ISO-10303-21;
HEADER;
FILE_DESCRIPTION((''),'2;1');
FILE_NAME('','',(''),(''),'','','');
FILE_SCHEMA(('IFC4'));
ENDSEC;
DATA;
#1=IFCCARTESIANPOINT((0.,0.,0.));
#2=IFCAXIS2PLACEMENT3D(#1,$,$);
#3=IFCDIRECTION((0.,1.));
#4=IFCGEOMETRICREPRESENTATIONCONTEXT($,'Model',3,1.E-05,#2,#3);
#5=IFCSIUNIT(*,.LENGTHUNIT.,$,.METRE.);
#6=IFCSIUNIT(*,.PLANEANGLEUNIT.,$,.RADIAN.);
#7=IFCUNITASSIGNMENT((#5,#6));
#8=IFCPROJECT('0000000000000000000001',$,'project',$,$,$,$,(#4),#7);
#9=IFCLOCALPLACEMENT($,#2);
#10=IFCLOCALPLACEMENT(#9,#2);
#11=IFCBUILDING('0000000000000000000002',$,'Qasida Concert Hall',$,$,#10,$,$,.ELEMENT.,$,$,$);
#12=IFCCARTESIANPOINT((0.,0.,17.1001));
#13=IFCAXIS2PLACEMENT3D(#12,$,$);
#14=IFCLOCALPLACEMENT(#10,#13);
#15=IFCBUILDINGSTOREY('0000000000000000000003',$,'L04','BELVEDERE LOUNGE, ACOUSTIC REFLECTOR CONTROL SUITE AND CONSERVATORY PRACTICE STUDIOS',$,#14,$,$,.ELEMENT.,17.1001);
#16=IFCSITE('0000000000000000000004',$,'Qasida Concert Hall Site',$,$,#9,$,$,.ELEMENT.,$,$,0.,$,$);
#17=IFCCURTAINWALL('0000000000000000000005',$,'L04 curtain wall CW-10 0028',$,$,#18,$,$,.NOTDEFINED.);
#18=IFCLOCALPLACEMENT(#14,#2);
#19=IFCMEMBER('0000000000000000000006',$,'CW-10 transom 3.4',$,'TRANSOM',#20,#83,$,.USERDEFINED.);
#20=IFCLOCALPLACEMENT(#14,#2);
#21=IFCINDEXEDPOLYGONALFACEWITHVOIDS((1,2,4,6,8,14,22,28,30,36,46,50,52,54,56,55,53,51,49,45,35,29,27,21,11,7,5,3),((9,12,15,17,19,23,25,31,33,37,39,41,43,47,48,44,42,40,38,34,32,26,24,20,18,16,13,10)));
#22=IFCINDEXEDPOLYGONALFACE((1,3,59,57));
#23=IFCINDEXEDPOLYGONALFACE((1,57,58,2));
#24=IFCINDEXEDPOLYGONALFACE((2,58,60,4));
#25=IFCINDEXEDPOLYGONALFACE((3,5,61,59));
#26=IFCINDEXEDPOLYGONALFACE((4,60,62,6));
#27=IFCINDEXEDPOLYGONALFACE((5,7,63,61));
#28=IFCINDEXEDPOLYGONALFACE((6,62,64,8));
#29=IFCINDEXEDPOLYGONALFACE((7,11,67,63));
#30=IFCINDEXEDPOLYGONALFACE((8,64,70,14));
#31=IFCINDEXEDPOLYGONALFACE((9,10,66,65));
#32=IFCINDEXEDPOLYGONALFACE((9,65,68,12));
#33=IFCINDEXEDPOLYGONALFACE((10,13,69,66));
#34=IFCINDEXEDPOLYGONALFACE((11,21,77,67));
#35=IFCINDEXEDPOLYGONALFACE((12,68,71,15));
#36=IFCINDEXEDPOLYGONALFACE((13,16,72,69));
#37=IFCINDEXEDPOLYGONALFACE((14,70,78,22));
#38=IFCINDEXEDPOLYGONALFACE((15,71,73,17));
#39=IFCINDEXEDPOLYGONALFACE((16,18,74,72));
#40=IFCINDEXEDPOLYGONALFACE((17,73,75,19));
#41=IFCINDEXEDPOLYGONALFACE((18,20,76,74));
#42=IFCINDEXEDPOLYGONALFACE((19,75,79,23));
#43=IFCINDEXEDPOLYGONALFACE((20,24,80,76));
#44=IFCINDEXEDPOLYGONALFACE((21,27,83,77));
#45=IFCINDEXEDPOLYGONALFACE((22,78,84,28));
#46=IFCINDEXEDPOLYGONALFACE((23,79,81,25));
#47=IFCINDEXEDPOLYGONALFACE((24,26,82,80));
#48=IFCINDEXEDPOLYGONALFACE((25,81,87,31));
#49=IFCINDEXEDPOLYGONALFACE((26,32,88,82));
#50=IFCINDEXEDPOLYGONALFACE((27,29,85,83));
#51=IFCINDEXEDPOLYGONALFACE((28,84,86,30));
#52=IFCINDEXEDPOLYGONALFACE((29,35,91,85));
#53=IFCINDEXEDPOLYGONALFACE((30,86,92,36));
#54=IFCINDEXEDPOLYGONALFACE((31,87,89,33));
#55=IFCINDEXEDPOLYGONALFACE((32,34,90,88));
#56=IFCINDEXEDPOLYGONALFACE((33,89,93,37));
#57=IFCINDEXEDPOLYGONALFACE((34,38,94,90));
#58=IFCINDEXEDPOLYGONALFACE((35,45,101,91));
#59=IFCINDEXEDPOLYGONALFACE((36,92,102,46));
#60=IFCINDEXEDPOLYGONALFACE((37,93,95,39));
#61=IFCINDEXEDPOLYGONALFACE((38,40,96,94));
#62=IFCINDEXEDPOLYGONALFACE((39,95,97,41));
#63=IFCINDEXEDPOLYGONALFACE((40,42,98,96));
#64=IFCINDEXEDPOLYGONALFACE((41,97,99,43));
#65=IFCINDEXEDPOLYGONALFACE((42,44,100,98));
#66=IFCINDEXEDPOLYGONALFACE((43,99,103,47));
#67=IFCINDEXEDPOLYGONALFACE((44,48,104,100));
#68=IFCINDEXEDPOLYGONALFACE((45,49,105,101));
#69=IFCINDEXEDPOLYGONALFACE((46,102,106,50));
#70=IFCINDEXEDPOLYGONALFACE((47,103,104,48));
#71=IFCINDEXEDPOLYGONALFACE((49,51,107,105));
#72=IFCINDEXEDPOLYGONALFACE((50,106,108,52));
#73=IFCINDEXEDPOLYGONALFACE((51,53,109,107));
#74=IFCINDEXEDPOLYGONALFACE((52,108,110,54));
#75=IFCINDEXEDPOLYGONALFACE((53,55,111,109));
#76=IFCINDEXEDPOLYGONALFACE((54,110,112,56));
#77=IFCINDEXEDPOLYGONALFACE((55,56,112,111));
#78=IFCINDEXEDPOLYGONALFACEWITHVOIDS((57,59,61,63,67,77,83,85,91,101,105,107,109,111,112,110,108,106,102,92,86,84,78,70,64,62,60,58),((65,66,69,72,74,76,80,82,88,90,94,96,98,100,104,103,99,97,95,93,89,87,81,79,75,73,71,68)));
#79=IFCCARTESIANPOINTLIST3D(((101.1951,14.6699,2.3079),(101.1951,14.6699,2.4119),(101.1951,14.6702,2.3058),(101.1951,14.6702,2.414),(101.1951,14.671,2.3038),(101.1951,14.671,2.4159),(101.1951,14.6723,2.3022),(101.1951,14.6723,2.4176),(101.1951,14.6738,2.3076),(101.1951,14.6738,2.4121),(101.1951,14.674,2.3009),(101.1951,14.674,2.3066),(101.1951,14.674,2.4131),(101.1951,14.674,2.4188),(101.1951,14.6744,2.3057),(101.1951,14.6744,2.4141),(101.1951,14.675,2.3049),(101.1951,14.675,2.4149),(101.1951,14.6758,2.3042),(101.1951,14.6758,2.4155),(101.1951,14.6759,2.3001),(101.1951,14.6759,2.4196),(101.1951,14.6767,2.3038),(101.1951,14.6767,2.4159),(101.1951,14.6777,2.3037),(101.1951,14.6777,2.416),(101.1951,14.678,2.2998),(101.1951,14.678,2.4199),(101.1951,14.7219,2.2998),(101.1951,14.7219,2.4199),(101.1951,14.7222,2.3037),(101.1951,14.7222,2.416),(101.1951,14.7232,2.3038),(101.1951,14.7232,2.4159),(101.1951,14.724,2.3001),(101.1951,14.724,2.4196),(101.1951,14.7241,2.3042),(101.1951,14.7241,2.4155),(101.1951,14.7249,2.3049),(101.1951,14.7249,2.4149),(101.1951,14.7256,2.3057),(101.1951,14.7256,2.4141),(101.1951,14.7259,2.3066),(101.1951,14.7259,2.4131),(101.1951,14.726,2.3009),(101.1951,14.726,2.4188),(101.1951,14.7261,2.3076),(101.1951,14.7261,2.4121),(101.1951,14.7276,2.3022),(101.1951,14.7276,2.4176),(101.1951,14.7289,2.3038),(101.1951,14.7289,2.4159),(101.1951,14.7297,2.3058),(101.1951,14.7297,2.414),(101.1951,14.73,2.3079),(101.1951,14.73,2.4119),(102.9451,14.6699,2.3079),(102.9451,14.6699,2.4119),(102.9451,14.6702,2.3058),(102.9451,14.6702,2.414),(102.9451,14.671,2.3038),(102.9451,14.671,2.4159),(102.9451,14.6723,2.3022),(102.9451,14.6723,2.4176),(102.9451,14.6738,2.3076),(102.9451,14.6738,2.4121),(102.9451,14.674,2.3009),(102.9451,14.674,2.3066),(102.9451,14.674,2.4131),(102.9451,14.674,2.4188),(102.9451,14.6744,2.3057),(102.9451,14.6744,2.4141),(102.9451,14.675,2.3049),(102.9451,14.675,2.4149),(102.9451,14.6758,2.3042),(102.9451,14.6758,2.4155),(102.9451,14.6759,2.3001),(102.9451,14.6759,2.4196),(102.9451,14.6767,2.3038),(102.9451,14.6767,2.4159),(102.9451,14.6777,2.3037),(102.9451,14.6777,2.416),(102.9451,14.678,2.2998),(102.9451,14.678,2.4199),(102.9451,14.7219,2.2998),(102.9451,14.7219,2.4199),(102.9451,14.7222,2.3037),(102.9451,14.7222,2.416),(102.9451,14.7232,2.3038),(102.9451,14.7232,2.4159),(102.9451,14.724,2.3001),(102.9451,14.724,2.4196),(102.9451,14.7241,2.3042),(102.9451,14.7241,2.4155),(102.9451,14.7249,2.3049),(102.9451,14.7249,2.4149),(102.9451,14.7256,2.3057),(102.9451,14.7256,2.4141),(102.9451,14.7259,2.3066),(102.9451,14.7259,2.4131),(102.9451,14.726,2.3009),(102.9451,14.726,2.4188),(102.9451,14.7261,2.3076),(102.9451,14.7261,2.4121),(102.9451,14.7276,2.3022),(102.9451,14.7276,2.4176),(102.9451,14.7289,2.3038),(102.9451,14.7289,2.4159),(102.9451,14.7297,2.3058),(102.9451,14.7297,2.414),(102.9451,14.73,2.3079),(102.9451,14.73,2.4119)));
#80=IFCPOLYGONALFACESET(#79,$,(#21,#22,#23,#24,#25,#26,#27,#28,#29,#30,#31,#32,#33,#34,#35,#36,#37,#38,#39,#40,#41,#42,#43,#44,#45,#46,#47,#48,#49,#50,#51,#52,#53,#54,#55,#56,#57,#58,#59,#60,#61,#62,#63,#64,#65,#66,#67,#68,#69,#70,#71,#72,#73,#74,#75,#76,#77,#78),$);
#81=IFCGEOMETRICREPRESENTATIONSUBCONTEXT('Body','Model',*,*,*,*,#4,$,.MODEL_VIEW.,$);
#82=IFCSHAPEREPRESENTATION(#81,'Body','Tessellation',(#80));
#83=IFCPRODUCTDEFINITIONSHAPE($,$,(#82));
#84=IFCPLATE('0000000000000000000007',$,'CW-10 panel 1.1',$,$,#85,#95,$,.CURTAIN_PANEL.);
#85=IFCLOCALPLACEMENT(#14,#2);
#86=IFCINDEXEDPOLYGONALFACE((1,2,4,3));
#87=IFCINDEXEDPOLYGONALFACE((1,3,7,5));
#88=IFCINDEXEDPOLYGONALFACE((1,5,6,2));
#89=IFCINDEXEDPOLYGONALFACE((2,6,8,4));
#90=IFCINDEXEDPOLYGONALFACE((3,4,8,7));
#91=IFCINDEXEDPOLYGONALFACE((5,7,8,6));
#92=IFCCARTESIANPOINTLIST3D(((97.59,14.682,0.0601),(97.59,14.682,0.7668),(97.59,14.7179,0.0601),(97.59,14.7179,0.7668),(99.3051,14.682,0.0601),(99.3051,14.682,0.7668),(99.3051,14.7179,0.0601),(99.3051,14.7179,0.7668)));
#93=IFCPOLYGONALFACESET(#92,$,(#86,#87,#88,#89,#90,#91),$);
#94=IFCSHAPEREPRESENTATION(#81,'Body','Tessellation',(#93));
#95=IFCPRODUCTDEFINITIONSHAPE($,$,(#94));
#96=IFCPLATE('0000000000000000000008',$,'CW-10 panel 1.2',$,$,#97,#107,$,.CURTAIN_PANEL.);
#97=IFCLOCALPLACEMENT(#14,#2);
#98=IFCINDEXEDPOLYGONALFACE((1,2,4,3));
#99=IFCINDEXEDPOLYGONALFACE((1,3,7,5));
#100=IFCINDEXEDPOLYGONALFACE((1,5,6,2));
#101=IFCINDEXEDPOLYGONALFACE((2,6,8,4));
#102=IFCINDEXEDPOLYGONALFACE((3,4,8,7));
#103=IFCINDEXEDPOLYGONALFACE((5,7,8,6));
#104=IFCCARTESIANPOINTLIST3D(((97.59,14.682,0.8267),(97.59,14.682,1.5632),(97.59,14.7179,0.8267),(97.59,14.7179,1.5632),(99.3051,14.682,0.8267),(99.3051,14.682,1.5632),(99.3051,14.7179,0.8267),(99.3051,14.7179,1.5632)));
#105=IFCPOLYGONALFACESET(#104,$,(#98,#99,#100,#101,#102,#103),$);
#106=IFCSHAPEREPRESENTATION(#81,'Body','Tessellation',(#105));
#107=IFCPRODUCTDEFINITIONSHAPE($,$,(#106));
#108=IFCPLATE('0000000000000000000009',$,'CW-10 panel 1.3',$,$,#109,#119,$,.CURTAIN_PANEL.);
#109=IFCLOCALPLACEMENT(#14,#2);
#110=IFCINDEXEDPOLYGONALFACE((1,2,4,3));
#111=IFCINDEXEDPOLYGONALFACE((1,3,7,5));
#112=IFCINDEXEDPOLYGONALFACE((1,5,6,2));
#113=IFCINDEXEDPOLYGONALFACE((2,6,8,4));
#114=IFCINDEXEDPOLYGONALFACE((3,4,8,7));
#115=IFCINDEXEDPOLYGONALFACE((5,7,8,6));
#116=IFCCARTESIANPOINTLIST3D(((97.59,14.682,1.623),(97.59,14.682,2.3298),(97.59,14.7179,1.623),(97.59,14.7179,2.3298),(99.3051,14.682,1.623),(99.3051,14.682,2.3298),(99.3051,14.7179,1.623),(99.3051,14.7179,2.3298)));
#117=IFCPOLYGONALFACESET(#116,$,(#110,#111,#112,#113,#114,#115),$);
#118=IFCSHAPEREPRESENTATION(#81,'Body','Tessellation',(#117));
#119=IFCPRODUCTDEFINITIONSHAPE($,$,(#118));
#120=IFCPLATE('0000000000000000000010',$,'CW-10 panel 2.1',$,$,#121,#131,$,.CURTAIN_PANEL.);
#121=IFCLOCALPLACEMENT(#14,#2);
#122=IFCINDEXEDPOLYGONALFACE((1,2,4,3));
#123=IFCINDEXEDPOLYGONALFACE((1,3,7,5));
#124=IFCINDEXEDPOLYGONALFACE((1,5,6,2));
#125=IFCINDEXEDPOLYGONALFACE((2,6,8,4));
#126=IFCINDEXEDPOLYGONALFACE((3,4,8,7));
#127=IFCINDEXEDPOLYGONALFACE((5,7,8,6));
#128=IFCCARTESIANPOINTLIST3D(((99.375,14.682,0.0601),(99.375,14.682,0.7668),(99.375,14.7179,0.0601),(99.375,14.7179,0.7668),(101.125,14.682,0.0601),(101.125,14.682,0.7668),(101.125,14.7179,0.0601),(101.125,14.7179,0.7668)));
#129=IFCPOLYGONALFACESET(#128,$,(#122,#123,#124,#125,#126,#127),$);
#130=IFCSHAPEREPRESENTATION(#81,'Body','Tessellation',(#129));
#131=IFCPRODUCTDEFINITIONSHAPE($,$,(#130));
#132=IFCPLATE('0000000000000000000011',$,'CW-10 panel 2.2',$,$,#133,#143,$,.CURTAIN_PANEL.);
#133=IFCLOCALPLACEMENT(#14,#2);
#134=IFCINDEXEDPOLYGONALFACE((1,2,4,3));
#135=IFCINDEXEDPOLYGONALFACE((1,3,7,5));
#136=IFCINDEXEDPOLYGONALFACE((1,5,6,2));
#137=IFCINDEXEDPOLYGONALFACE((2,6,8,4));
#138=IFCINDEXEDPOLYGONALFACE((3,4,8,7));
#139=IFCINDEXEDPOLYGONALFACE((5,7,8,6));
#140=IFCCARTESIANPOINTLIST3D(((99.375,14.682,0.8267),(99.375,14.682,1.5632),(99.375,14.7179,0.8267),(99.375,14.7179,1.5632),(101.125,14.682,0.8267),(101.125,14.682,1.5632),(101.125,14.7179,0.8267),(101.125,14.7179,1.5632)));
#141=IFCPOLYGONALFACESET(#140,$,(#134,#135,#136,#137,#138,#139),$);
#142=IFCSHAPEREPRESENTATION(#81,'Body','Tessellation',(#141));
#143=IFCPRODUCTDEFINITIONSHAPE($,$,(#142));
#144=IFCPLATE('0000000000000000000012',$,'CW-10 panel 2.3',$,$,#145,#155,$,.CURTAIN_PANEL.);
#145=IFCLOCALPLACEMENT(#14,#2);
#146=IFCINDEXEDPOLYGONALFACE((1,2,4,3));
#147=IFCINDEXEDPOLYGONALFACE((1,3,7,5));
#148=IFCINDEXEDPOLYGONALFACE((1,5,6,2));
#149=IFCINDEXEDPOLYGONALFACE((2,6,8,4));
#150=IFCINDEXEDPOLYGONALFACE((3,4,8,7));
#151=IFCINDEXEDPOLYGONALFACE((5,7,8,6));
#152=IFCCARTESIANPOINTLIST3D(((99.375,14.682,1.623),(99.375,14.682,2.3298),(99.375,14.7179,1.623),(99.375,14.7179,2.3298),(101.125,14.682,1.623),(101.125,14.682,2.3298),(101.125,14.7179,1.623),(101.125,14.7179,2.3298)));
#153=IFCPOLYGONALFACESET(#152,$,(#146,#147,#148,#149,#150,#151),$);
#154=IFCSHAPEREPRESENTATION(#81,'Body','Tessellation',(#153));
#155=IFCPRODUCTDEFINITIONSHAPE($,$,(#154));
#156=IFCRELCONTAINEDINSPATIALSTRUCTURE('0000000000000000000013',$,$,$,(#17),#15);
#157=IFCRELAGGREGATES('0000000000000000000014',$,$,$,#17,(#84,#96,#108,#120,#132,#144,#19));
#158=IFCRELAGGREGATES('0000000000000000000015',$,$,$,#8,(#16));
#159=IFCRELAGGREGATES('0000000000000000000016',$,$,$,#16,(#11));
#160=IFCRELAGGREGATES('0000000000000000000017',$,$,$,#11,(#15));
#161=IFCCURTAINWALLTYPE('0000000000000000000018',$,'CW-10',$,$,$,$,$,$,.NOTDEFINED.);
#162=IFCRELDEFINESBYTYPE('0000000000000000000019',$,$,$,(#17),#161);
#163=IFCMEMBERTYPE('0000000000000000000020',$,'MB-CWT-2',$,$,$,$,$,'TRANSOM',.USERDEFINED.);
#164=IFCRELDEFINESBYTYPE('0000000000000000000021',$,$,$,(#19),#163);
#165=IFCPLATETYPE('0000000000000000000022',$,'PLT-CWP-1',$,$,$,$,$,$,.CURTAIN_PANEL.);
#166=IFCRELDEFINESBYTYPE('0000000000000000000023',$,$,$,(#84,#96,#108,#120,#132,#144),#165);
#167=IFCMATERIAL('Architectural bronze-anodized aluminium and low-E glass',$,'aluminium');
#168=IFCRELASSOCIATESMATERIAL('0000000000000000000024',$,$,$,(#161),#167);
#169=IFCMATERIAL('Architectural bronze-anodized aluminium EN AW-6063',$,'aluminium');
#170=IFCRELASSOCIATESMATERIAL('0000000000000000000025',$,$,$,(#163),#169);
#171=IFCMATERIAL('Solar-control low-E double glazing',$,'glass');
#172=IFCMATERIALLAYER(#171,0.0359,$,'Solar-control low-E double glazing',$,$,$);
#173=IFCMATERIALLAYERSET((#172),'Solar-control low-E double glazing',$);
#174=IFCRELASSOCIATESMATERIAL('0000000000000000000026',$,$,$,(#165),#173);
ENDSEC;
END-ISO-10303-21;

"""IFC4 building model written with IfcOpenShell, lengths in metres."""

from ifc_helpers import new_model, si_unit, direction, frame, origin, origin_2d, place, context, subcontext, project, spatial, rectangle, hollow_rectangle, extrude, material, layer, layer_set, material_profile, profile_set, type_object, element, aggregate, save


model = new_model("IFC4")

# Units and contexts
model_context = context("Model", 3, precision=1e-05, world=origin(), true_north=direction((0.0, 1.0)))
body_context = subcontext(model_context, "Body", "Model", "MODEL_VIEW")
ifc_project = project(units=[si_unit("LENGTHUNIT", "METRE"), si_unit("PLANEANGLEUNIT", "RADIAN")], contexts=[model_context])

# Site, building, storey
site_placement = place(None, origin())
site = spatial("IfcSite", under=ifc_project, at=site_placement, Name="Qasida Concert Hall Site", CompositionType="ELEMENT", RefElevation=0.0)
building_placement = place(site_placement, origin())
building = spatial("IfcBuilding", under=site, at=building_placement, Name="Qasida Concert Hall", CompositionType="ELEMENT")
storey_placement = place(building_placement, frame((0.0, 0.0, 17.1001)))
storey = spatial("IfcBuildingStorey", under=building, at=storey_placement, Name="L04", Description="BELVEDERE LOUNGE, ACOUSTIC REFLECTOR CONTROL SUITE AND CONSERVATORY PRACTICE STUDIOS", CompositionType="ELEMENT", Elevation=17.1001)

# Curtain wall, member, plates
ifc_material_1 = material(Name="Architectural bronze-anodized aluminium and low-E glass", Category="aluminium")
curtain_wall_type = type_object("IfcCurtainWallType", Name="CW-10", PredefinedType="NOTDEFINED", material=ifc_material_1)
curtain_wall_placement = place(storey_placement, origin())
curtain_wall = element("IfcCurtainWall", 1, at=curtain_wall_placement, inside=storey, type_object=curtain_wall_type, Name="L04 curtain wall CW-10 0028", PredefinedType="NOTDEFINED")
ifc_material_2 = material(Name="Architectural bronze-anodized aluminium EN AW-6063", Category="aluminium")
ifc_material_profile_1 = material_profile(ifc_material_2, hollow_rectangle(XDim=0.0601, YDim=0.1201, WallThickness=0.0039, InnerFilletRadius=0.0039, OuterFilletRadius=0.0081, at=origin_2d()), Name="CWT 120x60x4")
ifc_profile_set_1 = profile_set([ifc_material_profile_1], Name="Architectural bronze-anodized aluminium EN AW-6063")
member_type_1 = type_object("IfcMemberType", Name="MB-CWT-2", ElementType="TRANSOM", PredefinedType="USERDEFINED", material=ifc_profile_set_1)
member_1_placement = place(storey_placement, frame((101.1951, 14.7, 2.3599), z_axis=(1.0, 0.0, 0.0), x_axis=(0.0, 1.0, 0.0)))
member_1 = element("IfcMember", 2, at=member_1_placement, type_object=member_type_1, Name="CW-10 transom 3.4", ObjectType="TRANSOM", PredefinedType="USERDEFINED", context=body_context, shape_type="SweptSolid", body=[
    extrude(hollow_rectangle(XDim=0.0601, YDim=0.1201, WallThickness=0.0039, InnerFilletRadius=0.0039, OuterFilletRadius=0.0081, at=origin_2d()), origin(), (0.0, 0.0, 1.0), 1.75),
])
ifc_material_3 = material(Name="Solar-control low-E double glazing", Category="glass")
ifc_layer_1 = layer(ifc_material_3, 0.0359, Name="Solar-control low-E double glazing")
ifc_layer_set_1 = layer_set([ifc_layer_1], Name="Solar-control low-E double glazing")
plate_type = type_object("IfcPlateType", Name="PLT-CWP-1", PredefinedType="CURTAIN_PANEL", material=ifc_layer_set_1)
plate_1_placement = place(storey_placement, frame((98.4475, 14.7, 0.0601), z_axis=(0.0, 0.0, 1.0), x_axis=(1.0, 0.0, 0.0)))
plate_1 = element("IfcPlate", 3, at=plate_1_placement, type_object=plate_type, Name="CW-10 panel 1.1", PredefinedType="CURTAIN_PANEL", context=body_context, shape_type="SweptSolid", body=[
    extrude(rectangle(XDim=1.7151, YDim=0.0359, at=origin_2d()), origin(), (0.0, 0.0, 1.0), 0.7068),
])
plate_2_placement = place(storey_placement, frame((98.4475, 14.7, 0.8267), z_axis=(0.0, 0.0, 1.0), x_axis=(1.0, 0.0, 0.0)))
plate_2 = element("IfcPlate", 4, at=plate_2_placement, type_object=plate_type, Name="CW-10 panel 1.2", PredefinedType="CURTAIN_PANEL", context=body_context, shape_type="SweptSolid", body=[
    extrude(rectangle(XDim=1.7151, YDim=0.0359, at=origin_2d()), origin(), (0.0, 0.0, 1.0), 0.7366),
])
plate_3_placement = place(storey_placement, frame((98.4475, 14.7, 1.623), z_axis=(0.0, 0.0, 1.0), x_axis=(1.0, 0.0, 0.0)))
plate_3 = element("IfcPlate", 5, at=plate_3_placement, type_object=plate_type, Name="CW-10 panel 1.3", PredefinedType="CURTAIN_PANEL", context=body_context, shape_type="SweptSolid", body=[
    extrude(rectangle(XDim=1.7151, YDim=0.0359, at=origin_2d()), origin(), (0.0, 0.0, 1.0), 0.7068),
])
plate_4_placement = place(storey_placement, frame((100.25, 14.7, 0.0601), z_axis=(0.0, 0.0, 1.0), x_axis=(1.0, 0.0, 0.0)))
plate_4 = element("IfcPlate", 6, at=plate_4_placement, type_object=plate_type, Name="CW-10 panel 2.1", PredefinedType="CURTAIN_PANEL", context=body_context, shape_type="SweptSolid", body=[
    extrude(rectangle(XDim=1.75, YDim=0.0359, at=origin_2d()), origin(), (0.0, 0.0, 1.0), 0.7068),
])
plate_5_placement = place(storey_placement, frame((100.25, 14.7, 0.8267), z_axis=(0.0, 0.0, 1.0), x_axis=(1.0, 0.0, 0.0)))
plate_5 = element("IfcPlate", 7, at=plate_5_placement, type_object=plate_type, Name="CW-10 panel 2.2", PredefinedType="CURTAIN_PANEL", context=body_context, shape_type="SweptSolid", body=[
    extrude(rectangle(XDim=1.75, YDim=0.0359, at=origin_2d()), origin(), (0.0, 0.0, 1.0), 0.7366),
])
plate_6_placement = place(storey_placement, frame((100.25, 14.7, 1.623), z_axis=(0.0, 0.0, 1.0), x_axis=(1.0, 0.0, 0.0)))
plate_6 = element("IfcPlate", 8, at=plate_6_placement, type_object=plate_type, Name="CW-10 panel 2.3", PredefinedType="CURTAIN_PANEL", context=body_context, shape_type="SweptSolid", body=[
    extrude(rectangle(XDim=1.75, YDim=0.0359, at=origin_2d()), origin(), (0.0, 0.0, 1.0), 0.7068),
])
aggregate(curtain_wall, [plate_1, plate_2, plate_3, plate_4, plate_5, plate_6, member_1])

save(model, "model.ifc")
